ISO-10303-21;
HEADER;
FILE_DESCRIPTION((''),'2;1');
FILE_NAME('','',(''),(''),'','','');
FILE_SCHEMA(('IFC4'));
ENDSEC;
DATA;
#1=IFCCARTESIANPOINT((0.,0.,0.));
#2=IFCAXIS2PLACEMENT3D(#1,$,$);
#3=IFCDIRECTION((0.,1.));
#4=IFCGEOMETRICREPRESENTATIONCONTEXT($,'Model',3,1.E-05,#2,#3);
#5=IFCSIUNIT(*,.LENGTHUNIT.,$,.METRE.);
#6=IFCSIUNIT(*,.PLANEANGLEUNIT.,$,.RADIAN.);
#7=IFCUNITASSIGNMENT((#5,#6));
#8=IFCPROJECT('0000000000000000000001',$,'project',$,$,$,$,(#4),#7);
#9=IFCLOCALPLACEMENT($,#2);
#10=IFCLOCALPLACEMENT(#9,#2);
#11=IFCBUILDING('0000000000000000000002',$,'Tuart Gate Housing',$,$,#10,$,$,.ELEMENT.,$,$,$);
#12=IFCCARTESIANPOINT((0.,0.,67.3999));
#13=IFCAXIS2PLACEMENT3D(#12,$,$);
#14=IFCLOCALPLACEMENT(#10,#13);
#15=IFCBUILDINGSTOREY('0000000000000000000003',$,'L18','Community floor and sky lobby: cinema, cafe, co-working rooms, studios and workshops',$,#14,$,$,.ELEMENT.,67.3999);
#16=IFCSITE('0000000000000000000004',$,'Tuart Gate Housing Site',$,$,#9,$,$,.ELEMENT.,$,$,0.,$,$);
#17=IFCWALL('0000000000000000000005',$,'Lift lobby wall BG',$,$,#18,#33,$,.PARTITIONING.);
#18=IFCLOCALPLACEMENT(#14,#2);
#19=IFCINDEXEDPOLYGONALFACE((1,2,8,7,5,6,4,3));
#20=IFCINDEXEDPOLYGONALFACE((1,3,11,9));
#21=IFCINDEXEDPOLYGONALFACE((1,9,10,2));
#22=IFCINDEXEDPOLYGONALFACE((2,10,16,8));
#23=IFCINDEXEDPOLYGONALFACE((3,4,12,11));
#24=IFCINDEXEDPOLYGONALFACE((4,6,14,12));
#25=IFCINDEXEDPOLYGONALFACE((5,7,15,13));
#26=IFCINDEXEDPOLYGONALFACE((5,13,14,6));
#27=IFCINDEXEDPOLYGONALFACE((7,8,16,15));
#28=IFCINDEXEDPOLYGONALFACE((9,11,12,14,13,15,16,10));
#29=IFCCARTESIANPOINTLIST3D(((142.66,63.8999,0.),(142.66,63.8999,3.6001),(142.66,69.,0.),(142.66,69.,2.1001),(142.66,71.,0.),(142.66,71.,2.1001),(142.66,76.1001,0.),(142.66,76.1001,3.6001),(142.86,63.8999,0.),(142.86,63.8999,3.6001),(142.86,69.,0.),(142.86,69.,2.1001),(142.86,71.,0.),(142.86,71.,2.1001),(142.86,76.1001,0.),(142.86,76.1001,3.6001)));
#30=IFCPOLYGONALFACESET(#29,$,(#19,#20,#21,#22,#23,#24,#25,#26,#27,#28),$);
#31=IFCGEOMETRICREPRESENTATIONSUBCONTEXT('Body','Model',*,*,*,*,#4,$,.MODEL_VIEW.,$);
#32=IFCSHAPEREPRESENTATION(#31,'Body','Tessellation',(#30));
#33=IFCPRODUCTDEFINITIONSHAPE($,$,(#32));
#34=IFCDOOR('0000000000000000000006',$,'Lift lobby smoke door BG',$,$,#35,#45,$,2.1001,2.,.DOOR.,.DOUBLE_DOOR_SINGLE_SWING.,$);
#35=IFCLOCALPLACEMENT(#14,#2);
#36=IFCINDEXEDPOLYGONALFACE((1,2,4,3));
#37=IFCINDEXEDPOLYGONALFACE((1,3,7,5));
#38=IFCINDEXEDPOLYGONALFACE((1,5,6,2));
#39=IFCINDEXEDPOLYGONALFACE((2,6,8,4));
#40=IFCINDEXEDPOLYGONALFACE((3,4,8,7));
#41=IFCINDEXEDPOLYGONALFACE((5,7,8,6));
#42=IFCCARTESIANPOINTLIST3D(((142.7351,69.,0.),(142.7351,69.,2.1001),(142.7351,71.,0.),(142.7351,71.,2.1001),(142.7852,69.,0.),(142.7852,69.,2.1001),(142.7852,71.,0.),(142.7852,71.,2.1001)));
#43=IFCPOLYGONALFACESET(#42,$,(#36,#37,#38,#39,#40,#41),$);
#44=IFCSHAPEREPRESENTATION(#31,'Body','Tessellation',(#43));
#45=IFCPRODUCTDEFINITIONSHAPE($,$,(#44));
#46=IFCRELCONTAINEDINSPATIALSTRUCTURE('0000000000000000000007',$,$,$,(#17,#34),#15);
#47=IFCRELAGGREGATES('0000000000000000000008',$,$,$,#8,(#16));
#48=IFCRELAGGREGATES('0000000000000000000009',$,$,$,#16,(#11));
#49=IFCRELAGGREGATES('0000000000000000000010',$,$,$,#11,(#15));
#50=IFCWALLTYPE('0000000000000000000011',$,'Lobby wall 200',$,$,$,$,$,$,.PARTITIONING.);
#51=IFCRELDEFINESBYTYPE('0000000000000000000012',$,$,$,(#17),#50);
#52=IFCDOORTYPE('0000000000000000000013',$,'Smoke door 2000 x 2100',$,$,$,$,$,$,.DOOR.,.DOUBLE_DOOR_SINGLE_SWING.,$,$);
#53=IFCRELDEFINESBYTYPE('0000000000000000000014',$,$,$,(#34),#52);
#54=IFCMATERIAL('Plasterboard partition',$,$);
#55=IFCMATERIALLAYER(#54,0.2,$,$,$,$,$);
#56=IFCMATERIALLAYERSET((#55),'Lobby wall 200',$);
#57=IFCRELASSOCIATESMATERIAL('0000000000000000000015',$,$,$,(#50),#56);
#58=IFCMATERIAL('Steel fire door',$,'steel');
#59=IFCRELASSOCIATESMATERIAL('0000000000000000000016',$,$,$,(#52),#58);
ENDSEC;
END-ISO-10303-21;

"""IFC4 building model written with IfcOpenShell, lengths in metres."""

from ifc_helpers import new_model, si_unit, direction, frame, frame_2d, origin, place, context, subcontext, project, spatial, rectangle, extrude, material, layer, layer_set, type_object, element, fill, save


model = new_model("IFC4")

# Units and contexts
model_context = context("Model", 3, precision=1e-05, world=origin(), true_north=direction((0.0, 1.0)))
body_context = subcontext(model_context, "Body", "Model", "MODEL_VIEW")
ifc_project = project(units=[si_unit("LENGTHUNIT", "METRE"), si_unit("PLANEANGLEUNIT", "RADIAN")], contexts=[model_context])

# Site, building, storey
site_placement = place(None, origin())
site = spatial("IfcSite", under=ifc_project, at=site_placement, Name="Tuart Gate Housing Site", CompositionType="ELEMENT", RefElevation=0.0)
building_placement = place(site_placement, origin())
building = spatial("IfcBuilding", under=site, at=building_placement, Name="Tuart Gate Housing", CompositionType="ELEMENT")
storey_placement = place(building_placement, frame((0.0, 0.0, 67.3999)))
storey = spatial("IfcBuildingStorey", under=building, at=storey_placement, Name="L18", Description="Community floor and sky lobby: cinema, cafe, co-working rooms, studios and workshops", CompositionType="ELEMENT", Elevation=67.3999)

# Wall, opening, door
ifc_material_1 = material(Name="Plasterboard partition")
ifc_layer_1 = layer(ifc_material_1, 0.2)
ifc_layer_set_1 = layer_set([ifc_layer_1], Name="Lobby wall 200")
wall_type_1 = type_object("IfcWallType", Name="Lobby wall 200", PredefinedType="PARTITIONING", material=ifc_layer_set_1)
wall_1_placement = place(storey_placement, frame((142.76, 63.8999, 0.0), z_axis=(0.0, 0.0, 1.0), x_axis=(0.0, 1.0, 0.0)))
wall_1 = element("IfcWall", 1, at=wall_1_placement, inside=storey, type_object=wall_type_1, Name="Lift lobby wall BG", PredefinedType="PARTITIONING", context=body_context, shape_type="SweptSolid", body=[
    extrude(rectangle(XDim=12.2002, YDim=0.2, at=frame_2d((6.1001, 0.0))), origin(), (0.0, 0.0, 1.0), 3.6001),
])
opening_1_placement = place(wall_1_placement, frame((5.1001, 0.0, 0.0)))
opening_1 = element("IfcOpeningElement", 2, at=opening_1_placement, cuts=wall_1, PredefinedType="OPENING", context=body_context, shape_type="SweptSolid", body=[
    extrude(rectangle(XDim=2.0, YDim=2.1001, at=frame_2d((1.0, 1.05))), frame((0.0, 0.1099, 0.0), z_axis=(0.0, -1.0, 0.0), x_axis=(1.0, 0.0, 0.0)), (0.0, 0.0, 1.0), 0.22),
])
ifc_material_2 = material(Name="Steel fire door", Category="steel")
door_type_1 = type_object("IfcDoorType", Name="Smoke door 2000 x 2100", OperationType="DOUBLE_DOOR_SINGLE_SWING", PredefinedType="DOOR", material=ifc_material_2)
door_1_placement = place(opening_1_placement, origin())
door_1 = element("IfcDoor", 3, at=door_1_placement, inside=storey, type_object=door_type_1, Name="Lift lobby smoke door BG", OperationType="DOUBLE_DOOR_SINGLE_SWING", OverallHeight=2.1001, OverallWidth=2.0, PredefinedType="DOOR", context=body_context, shape_type="SweptSolid", body=[
    extrude(rectangle(XDim=2.0, YDim=2.1001, at=frame_2d((1.0, 1.05))), frame((0.0, 0.0249, 0.0), z_axis=(0.0, -1.0, 0.0), x_axis=(1.0, 0.0, 0.0)), (0.0, 0.0, 1.0), 0.05),
])
fill(opening_1, door_1)

save(model, "model.ifc")
